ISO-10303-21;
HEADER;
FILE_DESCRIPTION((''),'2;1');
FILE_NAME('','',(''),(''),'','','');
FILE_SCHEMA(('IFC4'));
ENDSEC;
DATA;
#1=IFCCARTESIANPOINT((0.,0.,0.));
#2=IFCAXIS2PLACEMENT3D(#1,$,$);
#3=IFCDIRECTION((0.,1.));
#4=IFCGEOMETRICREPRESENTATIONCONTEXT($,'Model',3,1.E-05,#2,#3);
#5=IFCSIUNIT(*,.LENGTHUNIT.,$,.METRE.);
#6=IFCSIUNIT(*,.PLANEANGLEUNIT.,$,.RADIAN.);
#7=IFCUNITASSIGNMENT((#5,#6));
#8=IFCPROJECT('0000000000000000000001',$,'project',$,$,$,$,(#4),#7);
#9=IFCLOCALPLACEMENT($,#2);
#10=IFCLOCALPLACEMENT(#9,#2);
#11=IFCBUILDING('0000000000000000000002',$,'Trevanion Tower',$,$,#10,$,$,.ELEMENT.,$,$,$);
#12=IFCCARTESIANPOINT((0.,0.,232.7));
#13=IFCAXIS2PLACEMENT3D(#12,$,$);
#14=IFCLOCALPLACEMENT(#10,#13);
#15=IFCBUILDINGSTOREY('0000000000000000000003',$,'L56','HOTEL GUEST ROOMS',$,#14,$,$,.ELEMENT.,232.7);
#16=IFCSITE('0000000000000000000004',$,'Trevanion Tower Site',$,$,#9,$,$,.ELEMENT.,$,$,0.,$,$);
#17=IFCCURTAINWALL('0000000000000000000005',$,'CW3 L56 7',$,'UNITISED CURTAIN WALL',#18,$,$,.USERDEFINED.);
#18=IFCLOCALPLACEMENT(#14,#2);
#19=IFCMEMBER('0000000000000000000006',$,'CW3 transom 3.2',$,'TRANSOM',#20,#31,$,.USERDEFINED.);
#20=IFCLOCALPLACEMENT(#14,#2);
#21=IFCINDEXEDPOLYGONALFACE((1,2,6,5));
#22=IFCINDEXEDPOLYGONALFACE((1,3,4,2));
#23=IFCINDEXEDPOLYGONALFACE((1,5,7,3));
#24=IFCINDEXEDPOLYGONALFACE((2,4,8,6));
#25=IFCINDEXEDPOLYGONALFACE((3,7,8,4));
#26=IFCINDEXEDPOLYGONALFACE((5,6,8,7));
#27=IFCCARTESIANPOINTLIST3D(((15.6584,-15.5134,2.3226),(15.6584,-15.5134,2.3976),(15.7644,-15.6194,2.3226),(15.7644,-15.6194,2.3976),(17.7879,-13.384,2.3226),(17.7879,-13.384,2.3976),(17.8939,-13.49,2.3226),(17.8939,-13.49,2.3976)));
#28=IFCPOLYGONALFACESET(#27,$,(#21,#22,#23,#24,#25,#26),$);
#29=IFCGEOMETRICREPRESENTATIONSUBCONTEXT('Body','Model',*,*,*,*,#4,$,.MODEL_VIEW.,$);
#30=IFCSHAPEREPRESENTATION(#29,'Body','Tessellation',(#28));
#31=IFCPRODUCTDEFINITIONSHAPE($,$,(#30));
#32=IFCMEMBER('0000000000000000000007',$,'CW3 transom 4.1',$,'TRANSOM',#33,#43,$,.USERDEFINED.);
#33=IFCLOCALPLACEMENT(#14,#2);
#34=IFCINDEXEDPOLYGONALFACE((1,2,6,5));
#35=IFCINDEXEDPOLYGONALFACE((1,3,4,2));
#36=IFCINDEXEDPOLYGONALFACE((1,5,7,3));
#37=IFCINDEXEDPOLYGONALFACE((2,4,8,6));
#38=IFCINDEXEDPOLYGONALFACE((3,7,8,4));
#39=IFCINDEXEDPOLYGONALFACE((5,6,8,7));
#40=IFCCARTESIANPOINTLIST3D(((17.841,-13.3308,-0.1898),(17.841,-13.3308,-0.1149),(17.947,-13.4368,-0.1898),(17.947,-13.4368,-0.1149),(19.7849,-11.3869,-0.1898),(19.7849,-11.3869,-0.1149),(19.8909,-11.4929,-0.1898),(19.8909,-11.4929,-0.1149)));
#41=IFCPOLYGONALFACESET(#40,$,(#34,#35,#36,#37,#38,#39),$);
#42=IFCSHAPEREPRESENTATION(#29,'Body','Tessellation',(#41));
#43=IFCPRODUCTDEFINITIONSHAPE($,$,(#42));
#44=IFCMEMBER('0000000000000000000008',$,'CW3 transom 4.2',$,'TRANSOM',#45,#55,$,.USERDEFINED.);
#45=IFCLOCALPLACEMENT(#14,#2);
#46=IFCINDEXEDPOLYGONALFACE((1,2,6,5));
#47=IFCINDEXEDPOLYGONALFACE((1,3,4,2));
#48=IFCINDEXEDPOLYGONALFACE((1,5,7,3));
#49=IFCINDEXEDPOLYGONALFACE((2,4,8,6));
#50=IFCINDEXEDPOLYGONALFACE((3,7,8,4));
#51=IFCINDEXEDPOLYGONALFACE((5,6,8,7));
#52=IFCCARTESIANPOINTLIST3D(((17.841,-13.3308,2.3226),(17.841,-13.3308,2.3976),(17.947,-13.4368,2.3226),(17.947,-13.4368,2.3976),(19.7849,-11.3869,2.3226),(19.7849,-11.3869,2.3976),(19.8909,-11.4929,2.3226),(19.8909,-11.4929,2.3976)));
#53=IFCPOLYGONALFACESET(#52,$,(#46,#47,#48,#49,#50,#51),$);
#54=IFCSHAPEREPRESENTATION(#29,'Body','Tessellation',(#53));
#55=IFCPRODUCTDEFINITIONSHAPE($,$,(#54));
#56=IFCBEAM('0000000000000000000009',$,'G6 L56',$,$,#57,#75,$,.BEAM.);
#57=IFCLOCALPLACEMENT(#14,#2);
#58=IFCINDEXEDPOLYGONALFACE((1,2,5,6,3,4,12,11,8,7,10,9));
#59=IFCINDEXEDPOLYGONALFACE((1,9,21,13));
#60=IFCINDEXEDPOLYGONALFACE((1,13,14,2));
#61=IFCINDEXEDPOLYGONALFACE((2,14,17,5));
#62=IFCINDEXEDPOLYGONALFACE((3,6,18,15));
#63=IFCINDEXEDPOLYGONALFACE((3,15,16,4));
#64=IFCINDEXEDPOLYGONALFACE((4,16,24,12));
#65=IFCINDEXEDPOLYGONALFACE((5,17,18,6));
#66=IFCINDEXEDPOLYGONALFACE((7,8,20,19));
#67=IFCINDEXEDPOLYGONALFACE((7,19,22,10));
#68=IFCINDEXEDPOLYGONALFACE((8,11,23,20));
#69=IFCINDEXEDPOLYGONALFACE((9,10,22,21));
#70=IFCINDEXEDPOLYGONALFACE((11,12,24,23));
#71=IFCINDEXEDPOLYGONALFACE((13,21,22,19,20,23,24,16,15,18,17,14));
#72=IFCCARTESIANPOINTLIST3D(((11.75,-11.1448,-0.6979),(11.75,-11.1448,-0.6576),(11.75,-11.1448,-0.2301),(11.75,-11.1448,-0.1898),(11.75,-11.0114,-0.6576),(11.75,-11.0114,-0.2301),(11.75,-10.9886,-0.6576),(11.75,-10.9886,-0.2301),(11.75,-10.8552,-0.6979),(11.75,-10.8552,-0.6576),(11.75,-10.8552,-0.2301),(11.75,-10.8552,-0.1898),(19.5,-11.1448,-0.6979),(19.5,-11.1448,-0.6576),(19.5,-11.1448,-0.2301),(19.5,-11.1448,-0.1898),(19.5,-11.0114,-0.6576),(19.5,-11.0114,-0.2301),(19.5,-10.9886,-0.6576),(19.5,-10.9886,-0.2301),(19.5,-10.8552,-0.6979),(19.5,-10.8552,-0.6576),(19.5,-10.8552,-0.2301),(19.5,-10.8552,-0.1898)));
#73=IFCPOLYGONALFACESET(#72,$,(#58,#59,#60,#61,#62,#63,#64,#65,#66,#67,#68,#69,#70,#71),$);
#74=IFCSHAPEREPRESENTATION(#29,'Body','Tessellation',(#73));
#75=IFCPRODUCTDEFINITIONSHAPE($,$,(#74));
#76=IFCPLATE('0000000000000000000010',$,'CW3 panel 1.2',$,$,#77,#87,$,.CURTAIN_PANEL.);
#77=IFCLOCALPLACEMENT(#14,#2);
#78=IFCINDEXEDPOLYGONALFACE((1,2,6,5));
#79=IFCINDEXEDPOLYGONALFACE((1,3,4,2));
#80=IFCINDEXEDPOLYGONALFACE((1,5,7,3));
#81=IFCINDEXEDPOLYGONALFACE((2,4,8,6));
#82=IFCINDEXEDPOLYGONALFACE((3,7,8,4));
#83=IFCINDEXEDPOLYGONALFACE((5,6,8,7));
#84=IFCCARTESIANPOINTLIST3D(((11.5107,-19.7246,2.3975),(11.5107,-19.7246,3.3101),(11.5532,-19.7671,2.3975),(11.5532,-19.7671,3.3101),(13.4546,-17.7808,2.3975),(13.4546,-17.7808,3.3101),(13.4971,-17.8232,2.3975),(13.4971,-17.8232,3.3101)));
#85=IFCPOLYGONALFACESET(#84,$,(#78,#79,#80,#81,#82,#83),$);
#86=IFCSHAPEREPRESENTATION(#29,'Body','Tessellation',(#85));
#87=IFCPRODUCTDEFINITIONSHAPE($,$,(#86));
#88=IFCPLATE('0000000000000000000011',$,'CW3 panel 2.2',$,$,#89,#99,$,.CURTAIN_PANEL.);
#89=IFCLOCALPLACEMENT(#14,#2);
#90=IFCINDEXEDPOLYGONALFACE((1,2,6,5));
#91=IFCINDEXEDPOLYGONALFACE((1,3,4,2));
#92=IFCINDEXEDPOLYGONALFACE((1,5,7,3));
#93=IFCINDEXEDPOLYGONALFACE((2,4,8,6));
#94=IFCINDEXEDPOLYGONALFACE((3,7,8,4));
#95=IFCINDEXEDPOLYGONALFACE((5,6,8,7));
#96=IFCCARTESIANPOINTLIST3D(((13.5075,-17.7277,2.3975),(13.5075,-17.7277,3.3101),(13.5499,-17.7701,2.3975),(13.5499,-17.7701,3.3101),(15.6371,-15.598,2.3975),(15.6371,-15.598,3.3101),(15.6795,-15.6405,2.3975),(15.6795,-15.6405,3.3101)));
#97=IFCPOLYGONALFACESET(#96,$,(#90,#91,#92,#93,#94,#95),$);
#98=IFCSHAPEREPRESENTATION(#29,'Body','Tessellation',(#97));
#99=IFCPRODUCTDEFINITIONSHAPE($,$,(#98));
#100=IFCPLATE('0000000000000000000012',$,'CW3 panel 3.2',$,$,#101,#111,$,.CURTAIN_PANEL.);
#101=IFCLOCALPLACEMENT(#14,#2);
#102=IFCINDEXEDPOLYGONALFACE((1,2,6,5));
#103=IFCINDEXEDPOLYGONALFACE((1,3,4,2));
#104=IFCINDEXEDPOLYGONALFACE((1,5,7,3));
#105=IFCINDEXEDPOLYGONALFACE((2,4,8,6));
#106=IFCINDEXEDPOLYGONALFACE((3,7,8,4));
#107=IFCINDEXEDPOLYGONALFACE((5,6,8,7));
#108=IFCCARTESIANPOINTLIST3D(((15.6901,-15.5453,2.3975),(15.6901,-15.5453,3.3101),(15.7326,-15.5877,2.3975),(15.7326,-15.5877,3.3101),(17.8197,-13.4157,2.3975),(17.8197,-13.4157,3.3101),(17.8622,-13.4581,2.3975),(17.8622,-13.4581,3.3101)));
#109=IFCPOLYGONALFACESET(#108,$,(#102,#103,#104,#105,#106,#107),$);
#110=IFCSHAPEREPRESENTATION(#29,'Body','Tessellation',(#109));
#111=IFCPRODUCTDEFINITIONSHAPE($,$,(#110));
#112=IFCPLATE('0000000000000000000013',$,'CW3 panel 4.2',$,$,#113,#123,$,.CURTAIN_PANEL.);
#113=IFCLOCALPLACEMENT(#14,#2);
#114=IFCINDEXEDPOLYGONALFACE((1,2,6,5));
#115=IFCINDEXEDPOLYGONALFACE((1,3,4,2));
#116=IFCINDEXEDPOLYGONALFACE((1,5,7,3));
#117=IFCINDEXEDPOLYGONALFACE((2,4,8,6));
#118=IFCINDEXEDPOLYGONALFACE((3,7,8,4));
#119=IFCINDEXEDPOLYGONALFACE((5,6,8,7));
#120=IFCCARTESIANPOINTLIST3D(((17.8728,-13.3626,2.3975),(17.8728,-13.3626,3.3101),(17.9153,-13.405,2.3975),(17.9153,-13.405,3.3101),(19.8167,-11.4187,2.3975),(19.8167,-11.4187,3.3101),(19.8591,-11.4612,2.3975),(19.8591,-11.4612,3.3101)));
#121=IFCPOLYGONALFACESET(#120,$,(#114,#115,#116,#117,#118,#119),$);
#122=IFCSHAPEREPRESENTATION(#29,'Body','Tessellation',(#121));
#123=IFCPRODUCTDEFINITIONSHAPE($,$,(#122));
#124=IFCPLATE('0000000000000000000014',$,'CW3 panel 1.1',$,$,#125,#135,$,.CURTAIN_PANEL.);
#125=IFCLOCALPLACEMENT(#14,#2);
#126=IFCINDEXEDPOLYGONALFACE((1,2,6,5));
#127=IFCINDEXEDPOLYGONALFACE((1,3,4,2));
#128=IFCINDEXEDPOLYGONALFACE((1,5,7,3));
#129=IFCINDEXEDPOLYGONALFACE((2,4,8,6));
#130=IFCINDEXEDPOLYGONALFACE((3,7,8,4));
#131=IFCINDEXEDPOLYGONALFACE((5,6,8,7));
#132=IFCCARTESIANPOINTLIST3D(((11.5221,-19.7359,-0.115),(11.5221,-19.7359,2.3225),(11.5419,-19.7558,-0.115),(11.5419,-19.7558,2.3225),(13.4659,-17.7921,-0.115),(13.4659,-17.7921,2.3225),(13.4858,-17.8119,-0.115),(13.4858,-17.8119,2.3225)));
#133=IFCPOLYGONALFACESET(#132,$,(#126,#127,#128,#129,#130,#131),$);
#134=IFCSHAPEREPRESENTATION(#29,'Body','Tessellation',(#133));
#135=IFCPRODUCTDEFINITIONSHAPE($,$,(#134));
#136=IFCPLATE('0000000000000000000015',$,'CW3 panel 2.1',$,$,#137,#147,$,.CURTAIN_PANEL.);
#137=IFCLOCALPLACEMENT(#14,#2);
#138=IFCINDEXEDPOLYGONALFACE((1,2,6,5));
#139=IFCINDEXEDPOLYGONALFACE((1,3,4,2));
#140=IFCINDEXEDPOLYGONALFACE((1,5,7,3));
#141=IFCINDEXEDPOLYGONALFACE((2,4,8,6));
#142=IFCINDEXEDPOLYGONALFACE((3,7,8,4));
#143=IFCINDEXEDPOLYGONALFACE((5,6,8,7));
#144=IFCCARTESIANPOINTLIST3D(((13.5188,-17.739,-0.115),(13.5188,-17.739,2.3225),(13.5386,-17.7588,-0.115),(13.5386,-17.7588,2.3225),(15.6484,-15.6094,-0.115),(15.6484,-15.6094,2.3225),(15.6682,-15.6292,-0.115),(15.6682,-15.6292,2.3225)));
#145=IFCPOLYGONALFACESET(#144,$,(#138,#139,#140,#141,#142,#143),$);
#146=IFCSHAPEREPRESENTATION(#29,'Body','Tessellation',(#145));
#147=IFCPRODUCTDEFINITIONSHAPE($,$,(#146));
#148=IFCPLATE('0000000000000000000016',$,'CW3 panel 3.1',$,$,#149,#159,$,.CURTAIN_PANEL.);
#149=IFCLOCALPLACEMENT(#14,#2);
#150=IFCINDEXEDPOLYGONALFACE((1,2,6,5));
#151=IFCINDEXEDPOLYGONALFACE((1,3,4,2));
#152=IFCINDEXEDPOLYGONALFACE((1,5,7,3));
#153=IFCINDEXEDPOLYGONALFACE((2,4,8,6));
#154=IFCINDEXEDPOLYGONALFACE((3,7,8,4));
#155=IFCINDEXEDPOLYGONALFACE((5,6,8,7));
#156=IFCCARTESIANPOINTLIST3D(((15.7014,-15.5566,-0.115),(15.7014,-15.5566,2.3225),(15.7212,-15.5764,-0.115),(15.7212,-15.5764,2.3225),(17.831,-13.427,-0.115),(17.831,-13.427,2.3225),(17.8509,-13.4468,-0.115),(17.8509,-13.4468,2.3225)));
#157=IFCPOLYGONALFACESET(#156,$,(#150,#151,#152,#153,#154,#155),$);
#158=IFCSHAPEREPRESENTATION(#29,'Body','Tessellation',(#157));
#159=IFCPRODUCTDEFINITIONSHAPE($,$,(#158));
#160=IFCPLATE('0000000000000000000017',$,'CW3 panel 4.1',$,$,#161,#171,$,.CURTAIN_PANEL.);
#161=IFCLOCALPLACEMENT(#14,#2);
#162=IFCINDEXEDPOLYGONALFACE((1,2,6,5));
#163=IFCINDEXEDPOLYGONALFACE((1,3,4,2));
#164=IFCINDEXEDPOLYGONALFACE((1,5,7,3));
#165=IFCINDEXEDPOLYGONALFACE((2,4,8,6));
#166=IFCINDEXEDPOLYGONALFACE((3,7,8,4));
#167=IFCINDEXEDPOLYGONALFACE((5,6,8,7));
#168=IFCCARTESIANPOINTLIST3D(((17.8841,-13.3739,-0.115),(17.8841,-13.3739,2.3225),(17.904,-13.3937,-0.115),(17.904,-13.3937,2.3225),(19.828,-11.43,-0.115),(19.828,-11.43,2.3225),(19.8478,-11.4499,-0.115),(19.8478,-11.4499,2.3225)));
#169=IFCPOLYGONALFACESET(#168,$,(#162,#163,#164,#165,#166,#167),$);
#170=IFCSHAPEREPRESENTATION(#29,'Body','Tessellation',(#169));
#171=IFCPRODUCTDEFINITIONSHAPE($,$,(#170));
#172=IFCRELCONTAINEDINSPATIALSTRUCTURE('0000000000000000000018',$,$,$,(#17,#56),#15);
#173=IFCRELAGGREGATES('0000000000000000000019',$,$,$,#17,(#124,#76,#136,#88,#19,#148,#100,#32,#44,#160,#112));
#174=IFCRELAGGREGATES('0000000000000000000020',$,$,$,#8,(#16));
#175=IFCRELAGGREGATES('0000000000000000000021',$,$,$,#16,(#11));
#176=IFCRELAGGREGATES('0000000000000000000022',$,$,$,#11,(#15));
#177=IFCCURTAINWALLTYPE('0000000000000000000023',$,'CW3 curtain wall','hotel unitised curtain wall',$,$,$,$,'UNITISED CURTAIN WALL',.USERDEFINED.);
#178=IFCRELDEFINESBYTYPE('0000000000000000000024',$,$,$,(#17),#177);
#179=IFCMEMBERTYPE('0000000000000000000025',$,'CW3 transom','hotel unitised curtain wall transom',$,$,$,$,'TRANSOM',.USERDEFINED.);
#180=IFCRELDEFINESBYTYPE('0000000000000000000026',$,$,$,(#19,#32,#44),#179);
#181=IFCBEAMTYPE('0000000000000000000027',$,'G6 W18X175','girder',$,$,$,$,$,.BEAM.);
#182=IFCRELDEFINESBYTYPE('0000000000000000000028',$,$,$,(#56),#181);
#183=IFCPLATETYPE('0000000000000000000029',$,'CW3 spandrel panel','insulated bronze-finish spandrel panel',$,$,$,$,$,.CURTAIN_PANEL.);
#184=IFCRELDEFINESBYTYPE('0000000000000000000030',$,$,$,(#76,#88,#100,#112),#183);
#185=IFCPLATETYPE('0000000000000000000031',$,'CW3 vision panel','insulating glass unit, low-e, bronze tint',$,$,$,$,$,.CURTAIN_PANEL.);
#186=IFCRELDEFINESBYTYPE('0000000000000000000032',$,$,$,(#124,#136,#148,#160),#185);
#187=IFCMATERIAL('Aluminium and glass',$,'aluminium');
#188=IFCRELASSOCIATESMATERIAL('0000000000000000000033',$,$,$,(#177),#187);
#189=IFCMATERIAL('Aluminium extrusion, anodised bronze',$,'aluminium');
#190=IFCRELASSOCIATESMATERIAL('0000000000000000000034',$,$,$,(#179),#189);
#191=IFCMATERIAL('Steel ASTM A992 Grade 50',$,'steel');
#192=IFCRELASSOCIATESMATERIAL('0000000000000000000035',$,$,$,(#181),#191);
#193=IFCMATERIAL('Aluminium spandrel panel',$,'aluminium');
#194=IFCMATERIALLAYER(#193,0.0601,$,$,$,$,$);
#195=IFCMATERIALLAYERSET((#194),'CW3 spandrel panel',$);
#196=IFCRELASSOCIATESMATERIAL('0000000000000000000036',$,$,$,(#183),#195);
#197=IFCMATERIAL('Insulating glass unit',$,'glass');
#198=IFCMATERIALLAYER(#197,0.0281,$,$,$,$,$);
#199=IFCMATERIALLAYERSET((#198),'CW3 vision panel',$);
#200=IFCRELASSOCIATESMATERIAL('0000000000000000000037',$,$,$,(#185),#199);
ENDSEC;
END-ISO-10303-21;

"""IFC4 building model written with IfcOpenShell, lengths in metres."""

from ifc_helpers import new_model, si_unit, direction, frame, origin, origin_2d, place, context, subcontext, project, spatial, rectangle, i_section, extrude, material, layer, layer_set, material_profile, profile_set, type_object, element, aggregate, save


model = new_model("IFC4")

# Units and contexts
model_context = context("Model", 3, precision=1e-05, world=origin(), true_north=direction((0.0, 1.0)))
body_context = subcontext(model_context, "Body", "Model", "MODEL_VIEW")
ifc_project = project(units=[si_unit("LENGTHUNIT", "METRE"), si_unit("PLANEANGLEUNIT", "RADIAN")], contexts=[model_context])

# Site, building, storey
site_placement = place(None, origin())
site = spatial("IfcSite", under=ifc_project, at=site_placement, Name="Trevanion Tower Site", CompositionType="ELEMENT", RefElevation=0.0)
building_placement = place(site_placement, origin())
building = spatial("IfcBuilding", under=site, at=building_placement, Name="Trevanion Tower", CompositionType="ELEMENT")
storey_placement = place(building_placement, frame((0.0, 0.0, 232.7)))
storey = spatial("IfcBuildingStorey", under=building, at=storey_placement, Name="L56", Description="HOTEL GUEST ROOMS", CompositionType="ELEMENT", Elevation=232.7)

# Curtain wall
ifc_material_1 = material(Name="Aluminium and glass", Category="aluminium")
curtain_wall_type = type_object("IfcCurtainWallType", Name="CW3 curtain wall", Description="hotel unitised curtain wall", ElementType="UNITISED CURTAIN WALL", PredefinedType="USERDEFINED", material=ifc_material_1)
curtain_wall_1_placement = place(storey_placement, origin())
curtain_wall_1 = element("IfcCurtainWall", 1, at=curtain_wall_1_placement, inside=storey, type_object=curtain_wall_type, Name="CW3 L56 7", ObjectType="UNITISED CURTAIN WALL", PredefinedType="USERDEFINED")

# Members
ifc_material_2 = material(Name="Aluminium extrusion, anodised bronze", Category="aluminium")
ifc_material_profile_1 = material_profile(ifc_material_2, rectangle(XDim=0.1499, YDim=0.075, at=origin_2d()), Name="CW3 transom")
ifc_profile_set_1 = profile_set([ifc_material_profile_1], Name="Aluminium extrusion, anodised bronze")
member_type_1 = type_object("IfcMemberType", Name="CW3 transom", Description="hotel unitised curtain wall transom", ElementType="TRANSOM", PredefinedType="USERDEFINED", material=ifc_profile_set_1)
member_1_placement = place(storey_placement, frame((15.7114, -15.5664, 2.3601), z_axis=(0.707107, 0.707107, 0.0), x_axis=(-0.707107, 0.707107, 0.0)))
member_1 = element("IfcMember", 2, at=member_1_placement, type_object=member_type_1, Name="CW3 transom 3.2", ObjectType="TRANSOM", PredefinedType="USERDEFINED", context=body_context, shape_type="SweptSolid", body=[
    extrude(rectangle(XDim=0.1499, YDim=0.075, at=origin_2d()), origin(), (0.0, 0.0, 1.0), 3.0115),
])
member_2_placement = place(storey_placement, frame((17.894, -13.3838, -0.1523), z_axis=(0.707107, 0.707107, 0.0), x_axis=(-0.707107, 0.707107, 0.0)))
member_2 = element("IfcMember", 3, at=member_2_placement, type_object=member_type_1, Name="CW3 transom 4.1", ObjectType="TRANSOM", PredefinedType="USERDEFINED", context=body_context, shape_type="SweptSolid", body=[
    extrude(rectangle(XDim=0.1499, YDim=0.075, at=origin_2d()), origin(), (0.0, 0.0, 1.0), 2.749),
])
member_3_placement = place(storey_placement, frame((17.894, -13.3838, 2.3601), z_axis=(0.707107, 0.707107, 0.0), x_axis=(-0.707107, 0.707107, 0.0)))
member_3 = element("IfcMember", 4, at=member_3_placement, type_object=member_type_1, Name="CW3 transom 4.2", ObjectType="TRANSOM", PredefinedType="USERDEFINED", context=body_context, shape_type="SweptSolid", body=[
    extrude(rectangle(XDim=0.1499, YDim=0.075, at=origin_2d()), origin(), (0.0, 0.0, 1.0), 2.749),
])

# Beam
ifc_material_3 = material(Name="Steel ASTM A992 Grade 50", Category="steel")
ifc_material_profile_2 = material_profile(ifc_material_3, i_section(OverallWidth=0.2896, OverallDepth=0.5081, WebThickness=0.0227, FlangeThickness=0.0403, at=origin_2d()), Name="W18X175")
ifc_profile_set_2 = profile_set([ifc_material_profile_2], Name="Steel ASTM A992 Grade 50")
beam_type_1 = type_object("IfcBeamType", Name="G6 W18X175", Description="girder", PredefinedType="BEAM", material=ifc_profile_set_2)
beam_1_placement = place(storey_placement, frame((11.75, -11.0, -0.4438), z_axis=(1.0, 0.0, 0.0), x_axis=(0.0, 1.0, 0.0)))
element("IfcBeam", 5, at=beam_1_placement, inside=storey, type_object=beam_type_1, Name="G6 L56", PredefinedType="BEAM", context=body_context, shape_type="SweptSolid", body=[
    extrude(i_section(OverallWidth=0.2896, OverallDepth=0.5081, WebThickness=0.0227, FlangeThickness=0.0403, at=origin_2d()), origin(), (0.0, 0.0, 1.0), 7.75),
])

# Plates
ifc_material_4 = material(Name="Aluminium spandrel panel", Category="aluminium")
ifc_layer_1 = layer(ifc_material_4, 0.0601)
ifc_layer_set_1 = layer_set([ifc_layer_1], Name="CW3 spandrel panel")
plate_type_1 = type_object("IfcPlateType", Name="CW3 spandrel panel", Description="insulated bronze-finish spandrel panel", PredefinedType="CURTAIN_PANEL", material=ifc_layer_set_1)
plate_1_placement = place(storey_placement, frame((12.5039, -18.7739, 2.3975), z_axis=(0.0, 0.0, 1.0), x_axis=(0.707107, 0.707107, 0.0)))
plate_1 = element("IfcPlate", 6, at=plate_1_placement, type_object=plate_type_1, Name="CW3 panel 1.2", PredefinedType="CURTAIN_PANEL", context=body_context, shape_type="SweptSolid", body=[
    extrude(rectangle(XDim=2.749, YDim=0.0601, at=origin_2d()), origin(), (0.0, 0.0, 1.0), 0.9126),
])
plate_2_placement = place(storey_placement, frame((14.5935, -16.6841, 2.3975), z_axis=(0.0, 0.0, 1.0), x_axis=(0.707107, 0.707107, 0.0)))
plate_2 = element("IfcPlate", 7, at=plate_2_placement, type_object=plate_type_1, Name="CW3 panel 2.2", PredefinedType="CURTAIN_PANEL", context=body_context, shape_type="SweptSolid", body=[
    extrude(rectangle(XDim=3.0117, YDim=0.0601, at=origin_2d()), origin(), (0.0, 0.0, 1.0), 0.9126),
])
plate_3_placement = place(storey_placement, frame((16.7761, -14.5017, 2.3975), z_axis=(0.0, 0.0, 1.0), x_axis=(0.707107, 0.707107, 0.0)))
plate_3 = element("IfcPlate", 8, at=plate_3_placement, type_object=plate_type_1, Name="CW3 panel 3.2", PredefinedType="CURTAIN_PANEL", context=body_context, shape_type="SweptSolid", body=[
    extrude(rectangle(XDim=3.0117, YDim=0.0601, at=origin_2d()), origin(), (0.0, 0.0, 1.0), 0.9126),
])
plate_4_placement = place(storey_placement, frame((18.866, -12.4119, 2.3975), z_axis=(0.0, 0.0, 1.0), x_axis=(0.707107, 0.707107, 0.0)))
plate_4 = element("IfcPlate", 9, at=plate_4_placement, type_object=plate_type_1, Name="CW3 panel 4.2", PredefinedType="CURTAIN_PANEL", context=body_context, shape_type="SweptSolid", body=[
    extrude(rectangle(XDim=2.749, YDim=0.0601, at=origin_2d()), origin(), (0.0, 0.0, 1.0), 0.9126),
])
ifc_material_5 = material(Name="Insulating glass unit", Category="glass")
ifc_layer_2 = layer(ifc_material_5, 0.0281)
ifc_layer_set_2 = layer_set([ifc_layer_2], Name="CW3 vision panel")
plate_type_2 = type_object("IfcPlateType", Name="CW3 vision panel", Description="insulating glass unit, low-e, bronze tint", PredefinedType="CURTAIN_PANEL", material=ifc_layer_set_2)
plate_5_placement = place(storey_placement, frame((12.5039, -18.7739, -0.115), z_axis=(0.0, 0.0, 1.0), x_axis=(0.707107, 0.707107, 0.0)))
plate_5 = element("IfcPlate", 10, at=plate_5_placement, type_object=plate_type_2, Name="CW3 panel 1.1", PredefinedType="CURTAIN_PANEL", context=body_context, shape_type="SweptSolid", body=[
    extrude(rectangle(XDim=2.749, YDim=0.0281, at=origin_2d()), origin(), (0.0, 0.0, 1.0), 2.4375),
])
plate_6_placement = place(storey_placement, frame((14.5935, -16.6841, -0.115), z_axis=(0.0, 0.0, 1.0), x_axis=(0.707107, 0.707107, 0.0)))
plate_6 = element("IfcPlate", 11, at=plate_6_placement, type_object=plate_type_2, Name="CW3 panel 2.1", PredefinedType="CURTAIN_PANEL", context=body_context, shape_type="SweptSolid", body=[
    extrude(rectangle(XDim=3.0117, YDim=0.0281, at=origin_2d()), origin(), (0.0, 0.0, 1.0), 2.4375),
])
plate_7_placement = place(storey_placement, frame((16.7761, -14.5017, -0.115), z_axis=(0.0, 0.0, 1.0), x_axis=(0.707107, 0.707107, 0.0)))
plate_7 = element("IfcPlate", 12, at=plate_7_placement, type_object=plate_type_2, Name="CW3 panel 3.1", PredefinedType="CURTAIN_PANEL", context=body_context, shape_type="SweptSolid", body=[
    extrude(rectangle(XDim=3.0117, YDim=0.0281, at=origin_2d()), origin(), (0.0, 0.0, 1.0), 2.4375),
])
plate_8_placement = place(storey_placement, frame((18.866, -12.4119, -0.115), z_axis=(0.0, 0.0, 1.0), x_axis=(0.707107, 0.707107, 0.0)))
plate_8 = element("IfcPlate", 13, at=plate_8_placement, type_object=plate_type_2, Name="CW3 panel 4.1", PredefinedType="CURTAIN_PANEL", context=body_context, shape_type="SweptSolid", body=[
    extrude(rectangle(XDim=2.749, YDim=0.0281, at=origin_2d()), origin(), (0.0, 0.0, 1.0), 2.4375),
])
aggregate(curtain_wall_1, [plate_5, plate_1, plate_6, plate_2, member_1, plate_7, plate_3, member_2, member_3, plate_8, plate_4])

save(model, "model.ifc")
